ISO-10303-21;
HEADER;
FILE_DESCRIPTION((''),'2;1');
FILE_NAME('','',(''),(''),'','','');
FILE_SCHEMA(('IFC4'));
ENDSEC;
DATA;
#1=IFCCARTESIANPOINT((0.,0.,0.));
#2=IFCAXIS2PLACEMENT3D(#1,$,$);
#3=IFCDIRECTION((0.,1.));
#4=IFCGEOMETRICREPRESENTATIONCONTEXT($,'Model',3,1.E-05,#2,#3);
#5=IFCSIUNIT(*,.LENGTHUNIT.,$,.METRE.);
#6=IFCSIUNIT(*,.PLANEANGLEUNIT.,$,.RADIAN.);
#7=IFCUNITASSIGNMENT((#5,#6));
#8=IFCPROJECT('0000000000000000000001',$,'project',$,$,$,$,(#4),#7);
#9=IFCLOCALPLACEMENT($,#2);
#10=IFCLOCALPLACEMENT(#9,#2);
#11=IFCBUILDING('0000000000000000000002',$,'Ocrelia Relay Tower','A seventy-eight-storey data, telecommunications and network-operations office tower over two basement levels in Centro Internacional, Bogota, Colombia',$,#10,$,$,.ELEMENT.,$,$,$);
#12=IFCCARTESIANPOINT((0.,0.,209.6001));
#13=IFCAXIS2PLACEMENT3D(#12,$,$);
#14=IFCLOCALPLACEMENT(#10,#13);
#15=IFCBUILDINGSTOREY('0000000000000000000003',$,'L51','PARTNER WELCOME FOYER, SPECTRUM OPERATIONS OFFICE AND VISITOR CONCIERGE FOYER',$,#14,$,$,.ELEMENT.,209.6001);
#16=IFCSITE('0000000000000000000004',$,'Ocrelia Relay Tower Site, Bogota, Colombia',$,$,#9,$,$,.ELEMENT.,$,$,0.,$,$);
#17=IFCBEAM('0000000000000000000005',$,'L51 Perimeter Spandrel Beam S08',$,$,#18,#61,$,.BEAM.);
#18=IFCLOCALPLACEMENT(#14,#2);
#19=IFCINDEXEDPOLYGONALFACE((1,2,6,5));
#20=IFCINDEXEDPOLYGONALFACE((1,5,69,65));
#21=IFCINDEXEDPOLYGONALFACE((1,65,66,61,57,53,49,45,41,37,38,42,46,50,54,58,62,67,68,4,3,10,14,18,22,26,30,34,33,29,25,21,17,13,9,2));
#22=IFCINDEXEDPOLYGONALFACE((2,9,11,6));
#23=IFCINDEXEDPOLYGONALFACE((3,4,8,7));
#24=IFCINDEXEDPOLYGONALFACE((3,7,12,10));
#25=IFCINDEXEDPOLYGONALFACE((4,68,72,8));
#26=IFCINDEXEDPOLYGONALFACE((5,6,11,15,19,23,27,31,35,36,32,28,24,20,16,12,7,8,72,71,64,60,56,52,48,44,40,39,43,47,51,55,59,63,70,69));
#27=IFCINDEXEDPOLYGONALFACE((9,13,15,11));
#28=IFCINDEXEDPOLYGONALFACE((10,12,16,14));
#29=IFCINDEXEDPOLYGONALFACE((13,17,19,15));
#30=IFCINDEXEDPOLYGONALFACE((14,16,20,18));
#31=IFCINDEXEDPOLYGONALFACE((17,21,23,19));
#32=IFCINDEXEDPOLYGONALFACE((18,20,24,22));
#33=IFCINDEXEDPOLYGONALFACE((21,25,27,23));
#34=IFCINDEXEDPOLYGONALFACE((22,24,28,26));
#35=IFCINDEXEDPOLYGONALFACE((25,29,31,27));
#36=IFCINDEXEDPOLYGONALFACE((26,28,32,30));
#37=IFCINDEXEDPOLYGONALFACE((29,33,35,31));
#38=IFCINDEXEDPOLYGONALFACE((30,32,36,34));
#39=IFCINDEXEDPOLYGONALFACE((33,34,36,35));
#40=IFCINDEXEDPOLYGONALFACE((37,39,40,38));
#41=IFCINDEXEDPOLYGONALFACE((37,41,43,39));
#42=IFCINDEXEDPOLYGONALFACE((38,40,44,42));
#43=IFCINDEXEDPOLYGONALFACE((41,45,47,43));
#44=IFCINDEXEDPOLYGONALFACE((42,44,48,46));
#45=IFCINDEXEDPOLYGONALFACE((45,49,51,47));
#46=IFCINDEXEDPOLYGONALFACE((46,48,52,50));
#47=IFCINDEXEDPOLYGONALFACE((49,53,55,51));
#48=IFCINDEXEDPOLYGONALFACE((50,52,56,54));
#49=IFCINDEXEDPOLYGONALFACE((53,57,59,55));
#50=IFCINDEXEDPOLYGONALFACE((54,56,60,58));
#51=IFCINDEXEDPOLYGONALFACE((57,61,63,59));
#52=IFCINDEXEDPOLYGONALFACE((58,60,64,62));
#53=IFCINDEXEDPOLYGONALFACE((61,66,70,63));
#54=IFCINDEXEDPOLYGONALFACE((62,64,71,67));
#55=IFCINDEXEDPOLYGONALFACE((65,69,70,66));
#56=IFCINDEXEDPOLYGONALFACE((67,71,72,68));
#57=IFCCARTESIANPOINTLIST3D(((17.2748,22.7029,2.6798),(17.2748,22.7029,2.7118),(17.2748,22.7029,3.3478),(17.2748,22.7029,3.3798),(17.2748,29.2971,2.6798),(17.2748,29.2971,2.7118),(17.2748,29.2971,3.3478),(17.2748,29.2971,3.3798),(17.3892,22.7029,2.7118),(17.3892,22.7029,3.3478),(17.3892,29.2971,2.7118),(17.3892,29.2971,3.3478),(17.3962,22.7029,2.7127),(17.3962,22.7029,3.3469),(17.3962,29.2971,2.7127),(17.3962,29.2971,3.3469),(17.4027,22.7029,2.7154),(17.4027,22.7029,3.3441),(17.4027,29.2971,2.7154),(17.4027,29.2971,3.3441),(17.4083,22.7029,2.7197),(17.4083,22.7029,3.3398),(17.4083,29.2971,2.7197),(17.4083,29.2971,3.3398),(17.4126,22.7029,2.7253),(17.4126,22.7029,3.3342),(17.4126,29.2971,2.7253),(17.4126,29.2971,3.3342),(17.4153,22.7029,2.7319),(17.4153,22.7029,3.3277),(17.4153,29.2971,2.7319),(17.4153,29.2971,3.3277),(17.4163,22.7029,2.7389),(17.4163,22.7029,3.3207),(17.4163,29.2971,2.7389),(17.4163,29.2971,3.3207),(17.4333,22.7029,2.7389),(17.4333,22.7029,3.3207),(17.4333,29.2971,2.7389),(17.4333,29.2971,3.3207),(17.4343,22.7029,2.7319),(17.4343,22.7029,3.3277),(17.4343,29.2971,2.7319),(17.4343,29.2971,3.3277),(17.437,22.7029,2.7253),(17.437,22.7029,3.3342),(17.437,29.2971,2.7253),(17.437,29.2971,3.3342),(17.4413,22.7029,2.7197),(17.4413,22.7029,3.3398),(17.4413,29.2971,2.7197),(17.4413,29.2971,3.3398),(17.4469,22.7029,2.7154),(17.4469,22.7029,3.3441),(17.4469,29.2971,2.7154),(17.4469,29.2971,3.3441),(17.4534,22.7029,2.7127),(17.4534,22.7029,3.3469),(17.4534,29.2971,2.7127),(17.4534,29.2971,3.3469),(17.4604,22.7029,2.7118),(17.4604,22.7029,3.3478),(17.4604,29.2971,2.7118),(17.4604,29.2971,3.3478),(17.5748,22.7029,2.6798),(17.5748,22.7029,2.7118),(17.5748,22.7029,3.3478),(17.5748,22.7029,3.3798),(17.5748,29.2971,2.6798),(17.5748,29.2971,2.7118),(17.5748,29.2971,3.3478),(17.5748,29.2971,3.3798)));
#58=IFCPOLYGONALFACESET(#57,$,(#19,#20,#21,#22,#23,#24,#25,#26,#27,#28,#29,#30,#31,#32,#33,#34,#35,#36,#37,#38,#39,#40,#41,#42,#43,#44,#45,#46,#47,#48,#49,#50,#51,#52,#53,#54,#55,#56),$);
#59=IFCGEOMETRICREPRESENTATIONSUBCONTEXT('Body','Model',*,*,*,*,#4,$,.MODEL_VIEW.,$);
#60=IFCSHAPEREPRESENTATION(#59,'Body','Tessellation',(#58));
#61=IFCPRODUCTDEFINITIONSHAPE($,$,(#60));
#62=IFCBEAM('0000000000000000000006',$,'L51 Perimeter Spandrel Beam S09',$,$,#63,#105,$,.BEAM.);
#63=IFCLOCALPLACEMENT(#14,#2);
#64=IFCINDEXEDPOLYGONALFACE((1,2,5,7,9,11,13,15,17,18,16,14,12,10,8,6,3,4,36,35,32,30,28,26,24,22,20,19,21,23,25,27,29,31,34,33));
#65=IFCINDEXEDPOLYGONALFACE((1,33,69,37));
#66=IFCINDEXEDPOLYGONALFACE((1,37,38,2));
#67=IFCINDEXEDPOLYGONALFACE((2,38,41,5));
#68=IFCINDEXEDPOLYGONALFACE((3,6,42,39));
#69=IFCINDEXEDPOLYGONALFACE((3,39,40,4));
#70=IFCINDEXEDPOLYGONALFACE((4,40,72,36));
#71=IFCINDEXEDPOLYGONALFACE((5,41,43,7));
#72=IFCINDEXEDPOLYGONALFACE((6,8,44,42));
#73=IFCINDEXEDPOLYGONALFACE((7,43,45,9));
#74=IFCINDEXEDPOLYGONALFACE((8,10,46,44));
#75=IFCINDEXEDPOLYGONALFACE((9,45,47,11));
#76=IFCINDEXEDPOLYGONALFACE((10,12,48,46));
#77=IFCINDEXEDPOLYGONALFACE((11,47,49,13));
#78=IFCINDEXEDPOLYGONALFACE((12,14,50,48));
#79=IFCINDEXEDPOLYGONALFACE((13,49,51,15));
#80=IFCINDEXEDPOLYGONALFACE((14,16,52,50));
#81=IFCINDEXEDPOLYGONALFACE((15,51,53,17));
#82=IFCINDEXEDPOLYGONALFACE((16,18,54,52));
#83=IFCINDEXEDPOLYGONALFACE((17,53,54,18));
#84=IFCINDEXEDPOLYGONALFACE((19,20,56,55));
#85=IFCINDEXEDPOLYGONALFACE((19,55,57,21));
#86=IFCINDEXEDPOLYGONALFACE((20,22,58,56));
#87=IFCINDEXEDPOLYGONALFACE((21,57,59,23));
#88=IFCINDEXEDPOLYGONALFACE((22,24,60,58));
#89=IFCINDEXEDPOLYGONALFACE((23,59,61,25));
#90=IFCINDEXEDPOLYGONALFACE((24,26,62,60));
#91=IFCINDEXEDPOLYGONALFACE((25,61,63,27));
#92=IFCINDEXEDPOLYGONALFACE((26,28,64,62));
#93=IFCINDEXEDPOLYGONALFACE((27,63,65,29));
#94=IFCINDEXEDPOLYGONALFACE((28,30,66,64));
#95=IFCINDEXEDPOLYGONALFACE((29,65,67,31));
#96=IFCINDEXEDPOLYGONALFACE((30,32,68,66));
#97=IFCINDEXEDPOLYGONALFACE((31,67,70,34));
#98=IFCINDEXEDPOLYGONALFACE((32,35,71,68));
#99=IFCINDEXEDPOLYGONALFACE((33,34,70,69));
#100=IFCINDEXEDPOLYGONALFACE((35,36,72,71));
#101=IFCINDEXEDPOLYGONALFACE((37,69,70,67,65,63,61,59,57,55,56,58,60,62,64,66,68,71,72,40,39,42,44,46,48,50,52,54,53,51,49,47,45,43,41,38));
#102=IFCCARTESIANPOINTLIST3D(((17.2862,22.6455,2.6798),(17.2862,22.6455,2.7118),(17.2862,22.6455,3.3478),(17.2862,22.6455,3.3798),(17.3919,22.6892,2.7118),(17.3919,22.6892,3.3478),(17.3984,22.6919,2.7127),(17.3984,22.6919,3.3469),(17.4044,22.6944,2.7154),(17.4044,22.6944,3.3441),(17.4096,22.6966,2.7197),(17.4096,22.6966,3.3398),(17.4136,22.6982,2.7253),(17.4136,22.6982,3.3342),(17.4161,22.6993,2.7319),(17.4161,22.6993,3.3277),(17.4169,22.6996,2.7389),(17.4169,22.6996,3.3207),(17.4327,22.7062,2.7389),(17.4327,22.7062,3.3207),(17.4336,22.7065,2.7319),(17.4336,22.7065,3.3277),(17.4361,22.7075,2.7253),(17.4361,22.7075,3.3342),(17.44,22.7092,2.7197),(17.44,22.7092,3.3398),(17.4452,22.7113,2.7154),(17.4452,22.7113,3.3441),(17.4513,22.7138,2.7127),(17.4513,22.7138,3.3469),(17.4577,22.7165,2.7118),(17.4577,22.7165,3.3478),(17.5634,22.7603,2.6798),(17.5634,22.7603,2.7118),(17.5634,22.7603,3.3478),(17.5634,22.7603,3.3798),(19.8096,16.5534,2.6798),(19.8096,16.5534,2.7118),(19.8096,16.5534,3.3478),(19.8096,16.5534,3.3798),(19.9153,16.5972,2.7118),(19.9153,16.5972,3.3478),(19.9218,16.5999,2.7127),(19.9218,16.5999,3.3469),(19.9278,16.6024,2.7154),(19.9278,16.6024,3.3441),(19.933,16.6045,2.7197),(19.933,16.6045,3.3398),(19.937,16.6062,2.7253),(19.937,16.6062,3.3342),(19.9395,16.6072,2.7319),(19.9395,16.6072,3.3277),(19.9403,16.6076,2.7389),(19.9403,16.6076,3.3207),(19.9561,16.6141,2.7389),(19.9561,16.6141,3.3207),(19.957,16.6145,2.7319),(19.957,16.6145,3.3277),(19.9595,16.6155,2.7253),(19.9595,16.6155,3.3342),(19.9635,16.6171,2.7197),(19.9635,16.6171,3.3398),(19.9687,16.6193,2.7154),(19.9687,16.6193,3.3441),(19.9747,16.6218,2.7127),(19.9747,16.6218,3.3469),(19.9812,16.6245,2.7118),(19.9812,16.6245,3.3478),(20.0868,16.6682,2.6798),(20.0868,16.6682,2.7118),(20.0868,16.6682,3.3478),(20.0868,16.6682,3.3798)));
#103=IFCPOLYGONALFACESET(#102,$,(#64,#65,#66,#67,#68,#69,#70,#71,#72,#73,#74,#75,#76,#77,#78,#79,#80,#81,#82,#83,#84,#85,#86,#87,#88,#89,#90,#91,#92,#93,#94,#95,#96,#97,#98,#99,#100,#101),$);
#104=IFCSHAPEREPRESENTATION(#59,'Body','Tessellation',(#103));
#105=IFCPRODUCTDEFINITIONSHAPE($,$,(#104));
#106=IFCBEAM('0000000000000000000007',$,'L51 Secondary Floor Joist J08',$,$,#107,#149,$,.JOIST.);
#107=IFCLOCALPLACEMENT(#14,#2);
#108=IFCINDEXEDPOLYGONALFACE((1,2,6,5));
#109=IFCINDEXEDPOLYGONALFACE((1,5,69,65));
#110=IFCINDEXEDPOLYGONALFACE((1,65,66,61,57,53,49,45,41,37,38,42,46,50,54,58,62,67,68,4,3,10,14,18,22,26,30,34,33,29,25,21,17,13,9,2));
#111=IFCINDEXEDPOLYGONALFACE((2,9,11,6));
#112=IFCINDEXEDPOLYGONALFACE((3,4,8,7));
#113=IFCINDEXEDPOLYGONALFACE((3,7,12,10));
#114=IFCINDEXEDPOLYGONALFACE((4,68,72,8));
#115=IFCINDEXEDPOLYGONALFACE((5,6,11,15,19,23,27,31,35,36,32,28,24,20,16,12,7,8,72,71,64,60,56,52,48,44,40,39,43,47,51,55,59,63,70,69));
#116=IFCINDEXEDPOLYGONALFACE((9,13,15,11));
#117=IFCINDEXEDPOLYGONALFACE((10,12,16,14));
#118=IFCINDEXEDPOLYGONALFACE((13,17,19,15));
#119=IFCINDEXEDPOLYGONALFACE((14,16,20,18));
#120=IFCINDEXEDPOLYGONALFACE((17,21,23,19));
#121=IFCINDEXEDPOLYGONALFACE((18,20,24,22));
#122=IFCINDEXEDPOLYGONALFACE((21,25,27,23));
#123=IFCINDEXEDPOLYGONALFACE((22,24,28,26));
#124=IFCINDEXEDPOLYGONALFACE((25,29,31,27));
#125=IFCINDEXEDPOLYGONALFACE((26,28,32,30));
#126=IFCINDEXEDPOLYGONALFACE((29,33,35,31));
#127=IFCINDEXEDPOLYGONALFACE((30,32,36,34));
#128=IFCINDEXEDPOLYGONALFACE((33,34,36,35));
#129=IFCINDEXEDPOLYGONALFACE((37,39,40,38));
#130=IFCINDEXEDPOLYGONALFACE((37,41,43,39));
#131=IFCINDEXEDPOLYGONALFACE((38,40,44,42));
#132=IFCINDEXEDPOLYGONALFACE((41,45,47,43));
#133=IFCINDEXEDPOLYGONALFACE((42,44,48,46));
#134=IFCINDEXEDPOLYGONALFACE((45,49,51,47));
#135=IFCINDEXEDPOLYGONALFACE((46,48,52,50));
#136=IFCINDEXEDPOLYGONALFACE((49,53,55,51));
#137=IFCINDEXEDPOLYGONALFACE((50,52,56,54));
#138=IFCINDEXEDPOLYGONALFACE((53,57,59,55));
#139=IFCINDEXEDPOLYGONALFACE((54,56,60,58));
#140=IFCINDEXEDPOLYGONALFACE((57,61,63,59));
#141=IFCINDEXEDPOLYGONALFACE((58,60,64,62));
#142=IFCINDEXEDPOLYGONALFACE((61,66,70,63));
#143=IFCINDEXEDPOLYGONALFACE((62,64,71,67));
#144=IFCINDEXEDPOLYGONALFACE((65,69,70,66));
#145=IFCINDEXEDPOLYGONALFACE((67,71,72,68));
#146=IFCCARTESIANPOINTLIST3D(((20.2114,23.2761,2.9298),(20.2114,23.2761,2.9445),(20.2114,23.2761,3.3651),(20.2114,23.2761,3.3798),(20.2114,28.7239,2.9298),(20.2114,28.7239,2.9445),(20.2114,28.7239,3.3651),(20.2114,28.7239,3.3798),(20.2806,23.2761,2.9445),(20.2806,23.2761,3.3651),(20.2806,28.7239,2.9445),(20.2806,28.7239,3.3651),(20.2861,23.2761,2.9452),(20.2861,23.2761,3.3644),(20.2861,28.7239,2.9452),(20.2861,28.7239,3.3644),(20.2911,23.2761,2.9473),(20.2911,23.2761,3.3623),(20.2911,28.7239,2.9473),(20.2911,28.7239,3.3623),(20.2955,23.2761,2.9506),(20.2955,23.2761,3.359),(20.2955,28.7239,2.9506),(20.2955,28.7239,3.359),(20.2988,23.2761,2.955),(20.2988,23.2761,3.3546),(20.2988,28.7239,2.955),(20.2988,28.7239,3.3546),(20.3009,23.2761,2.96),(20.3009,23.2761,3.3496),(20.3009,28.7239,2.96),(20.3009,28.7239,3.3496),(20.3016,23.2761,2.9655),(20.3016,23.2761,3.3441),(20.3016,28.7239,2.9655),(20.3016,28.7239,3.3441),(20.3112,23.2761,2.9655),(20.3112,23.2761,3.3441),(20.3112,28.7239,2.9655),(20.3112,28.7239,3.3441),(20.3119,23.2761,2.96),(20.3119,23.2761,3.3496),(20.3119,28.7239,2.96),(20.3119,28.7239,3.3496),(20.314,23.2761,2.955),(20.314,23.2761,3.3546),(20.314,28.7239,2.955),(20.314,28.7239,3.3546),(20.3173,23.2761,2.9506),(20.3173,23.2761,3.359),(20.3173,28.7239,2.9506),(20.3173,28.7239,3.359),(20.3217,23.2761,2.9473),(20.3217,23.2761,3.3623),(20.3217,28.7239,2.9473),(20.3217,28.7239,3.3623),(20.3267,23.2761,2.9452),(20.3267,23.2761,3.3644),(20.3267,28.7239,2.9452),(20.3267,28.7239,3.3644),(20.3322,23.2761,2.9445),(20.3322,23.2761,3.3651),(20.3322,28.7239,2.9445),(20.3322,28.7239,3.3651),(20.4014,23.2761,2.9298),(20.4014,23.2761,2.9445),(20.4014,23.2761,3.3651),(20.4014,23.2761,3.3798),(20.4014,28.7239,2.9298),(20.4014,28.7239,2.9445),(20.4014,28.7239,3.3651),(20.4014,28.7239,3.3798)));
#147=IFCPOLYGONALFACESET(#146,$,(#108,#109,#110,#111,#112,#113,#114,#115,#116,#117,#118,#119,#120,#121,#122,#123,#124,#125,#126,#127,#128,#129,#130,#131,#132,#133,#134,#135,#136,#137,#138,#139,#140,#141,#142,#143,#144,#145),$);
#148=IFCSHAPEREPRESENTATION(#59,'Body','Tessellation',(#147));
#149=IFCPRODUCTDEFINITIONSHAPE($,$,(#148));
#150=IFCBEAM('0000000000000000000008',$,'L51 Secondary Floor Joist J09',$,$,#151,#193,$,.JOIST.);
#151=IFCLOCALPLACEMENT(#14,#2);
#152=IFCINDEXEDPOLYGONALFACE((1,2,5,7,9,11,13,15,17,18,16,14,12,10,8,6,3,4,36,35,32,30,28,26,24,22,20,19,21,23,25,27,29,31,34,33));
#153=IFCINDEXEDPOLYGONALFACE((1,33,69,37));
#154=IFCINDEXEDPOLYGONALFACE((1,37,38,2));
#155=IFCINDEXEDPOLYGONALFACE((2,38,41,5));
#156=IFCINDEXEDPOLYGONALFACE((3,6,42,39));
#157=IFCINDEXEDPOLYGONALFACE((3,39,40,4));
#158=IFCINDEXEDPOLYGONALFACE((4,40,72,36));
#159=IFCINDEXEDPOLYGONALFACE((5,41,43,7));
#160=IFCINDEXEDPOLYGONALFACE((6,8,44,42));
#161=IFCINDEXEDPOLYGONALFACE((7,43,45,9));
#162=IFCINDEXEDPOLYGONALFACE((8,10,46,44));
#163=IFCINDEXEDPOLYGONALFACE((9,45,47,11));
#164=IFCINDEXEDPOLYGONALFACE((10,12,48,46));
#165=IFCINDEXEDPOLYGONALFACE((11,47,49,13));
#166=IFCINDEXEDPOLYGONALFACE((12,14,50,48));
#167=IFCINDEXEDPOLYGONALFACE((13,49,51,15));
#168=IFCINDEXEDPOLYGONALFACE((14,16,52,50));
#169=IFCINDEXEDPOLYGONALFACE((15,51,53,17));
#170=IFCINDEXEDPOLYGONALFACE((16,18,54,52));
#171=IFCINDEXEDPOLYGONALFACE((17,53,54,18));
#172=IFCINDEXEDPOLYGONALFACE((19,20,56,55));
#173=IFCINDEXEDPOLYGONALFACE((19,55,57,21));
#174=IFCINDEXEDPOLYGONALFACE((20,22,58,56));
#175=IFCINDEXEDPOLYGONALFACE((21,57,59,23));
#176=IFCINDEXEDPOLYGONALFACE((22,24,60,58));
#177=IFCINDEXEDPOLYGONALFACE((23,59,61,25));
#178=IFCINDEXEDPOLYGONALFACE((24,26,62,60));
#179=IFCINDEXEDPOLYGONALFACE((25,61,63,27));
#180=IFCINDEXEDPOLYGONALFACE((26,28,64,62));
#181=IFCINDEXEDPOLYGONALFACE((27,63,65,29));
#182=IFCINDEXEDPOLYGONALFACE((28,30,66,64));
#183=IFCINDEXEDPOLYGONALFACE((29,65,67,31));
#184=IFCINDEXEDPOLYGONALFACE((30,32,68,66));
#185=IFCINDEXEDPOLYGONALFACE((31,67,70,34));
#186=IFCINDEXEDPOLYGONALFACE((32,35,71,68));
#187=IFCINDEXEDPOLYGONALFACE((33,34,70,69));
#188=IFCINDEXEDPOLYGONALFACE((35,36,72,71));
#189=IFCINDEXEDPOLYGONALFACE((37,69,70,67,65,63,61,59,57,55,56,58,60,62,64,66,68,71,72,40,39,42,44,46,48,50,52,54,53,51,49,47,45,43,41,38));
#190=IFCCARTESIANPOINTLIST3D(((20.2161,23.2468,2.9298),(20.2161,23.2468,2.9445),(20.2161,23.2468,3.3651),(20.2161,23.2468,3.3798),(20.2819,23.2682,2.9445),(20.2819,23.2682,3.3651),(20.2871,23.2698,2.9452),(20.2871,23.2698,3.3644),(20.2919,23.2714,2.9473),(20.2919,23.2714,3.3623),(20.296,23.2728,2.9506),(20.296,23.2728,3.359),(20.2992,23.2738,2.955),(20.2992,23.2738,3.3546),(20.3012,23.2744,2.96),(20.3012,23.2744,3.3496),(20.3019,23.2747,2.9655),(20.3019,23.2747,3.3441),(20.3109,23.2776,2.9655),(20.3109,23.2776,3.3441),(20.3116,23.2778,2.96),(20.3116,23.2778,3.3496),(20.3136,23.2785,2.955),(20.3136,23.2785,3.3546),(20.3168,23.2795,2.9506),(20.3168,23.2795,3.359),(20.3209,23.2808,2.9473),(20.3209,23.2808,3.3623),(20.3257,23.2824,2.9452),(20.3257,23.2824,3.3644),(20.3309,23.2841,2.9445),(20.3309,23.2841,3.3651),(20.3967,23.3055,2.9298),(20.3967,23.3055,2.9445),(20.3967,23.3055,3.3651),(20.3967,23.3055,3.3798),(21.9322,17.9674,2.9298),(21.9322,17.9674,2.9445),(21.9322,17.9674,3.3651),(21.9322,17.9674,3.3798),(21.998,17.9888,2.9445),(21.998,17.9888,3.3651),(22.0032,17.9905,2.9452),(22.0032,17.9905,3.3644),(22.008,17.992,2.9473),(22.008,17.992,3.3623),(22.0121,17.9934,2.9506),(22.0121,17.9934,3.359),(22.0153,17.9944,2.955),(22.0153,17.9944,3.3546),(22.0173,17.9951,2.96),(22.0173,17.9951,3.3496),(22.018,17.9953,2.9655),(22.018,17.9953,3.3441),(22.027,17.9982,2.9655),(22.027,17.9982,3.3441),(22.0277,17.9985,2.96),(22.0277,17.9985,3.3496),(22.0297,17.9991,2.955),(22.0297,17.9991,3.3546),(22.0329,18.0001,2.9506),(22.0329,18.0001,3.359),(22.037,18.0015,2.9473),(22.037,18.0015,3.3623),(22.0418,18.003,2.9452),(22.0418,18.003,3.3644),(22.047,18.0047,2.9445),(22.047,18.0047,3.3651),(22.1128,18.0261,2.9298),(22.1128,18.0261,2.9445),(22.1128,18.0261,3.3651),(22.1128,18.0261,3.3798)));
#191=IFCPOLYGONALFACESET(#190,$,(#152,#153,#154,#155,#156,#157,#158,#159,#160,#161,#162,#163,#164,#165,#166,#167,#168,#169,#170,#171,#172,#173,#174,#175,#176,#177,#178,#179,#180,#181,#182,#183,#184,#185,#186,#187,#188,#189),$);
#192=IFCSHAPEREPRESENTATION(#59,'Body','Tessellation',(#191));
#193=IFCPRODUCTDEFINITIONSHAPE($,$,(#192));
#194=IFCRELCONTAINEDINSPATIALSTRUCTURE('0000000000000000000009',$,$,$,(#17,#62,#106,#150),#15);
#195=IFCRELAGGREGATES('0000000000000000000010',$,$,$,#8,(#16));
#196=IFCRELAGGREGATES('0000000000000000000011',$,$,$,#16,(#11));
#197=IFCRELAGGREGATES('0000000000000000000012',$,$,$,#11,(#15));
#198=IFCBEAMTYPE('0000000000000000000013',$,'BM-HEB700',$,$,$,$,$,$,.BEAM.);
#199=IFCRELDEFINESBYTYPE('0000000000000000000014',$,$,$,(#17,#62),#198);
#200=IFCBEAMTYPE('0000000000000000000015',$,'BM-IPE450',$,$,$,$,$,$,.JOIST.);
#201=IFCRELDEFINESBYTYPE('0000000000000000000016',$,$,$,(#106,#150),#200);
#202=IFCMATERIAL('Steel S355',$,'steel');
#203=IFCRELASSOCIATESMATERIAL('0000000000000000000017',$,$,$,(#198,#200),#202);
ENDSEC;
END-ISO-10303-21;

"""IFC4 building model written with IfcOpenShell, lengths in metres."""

from ifc_helpers import new_model, si_unit, direction, frame, origin, origin_2d, place, context, subcontext, project, spatial, i_section, extrude, material, material_profile, profile_set, type_object, element, save


model = new_model("IFC4")

# Units and contexts
model_context = context("Model", 3, precision=1e-05, world=origin(), true_north=direction((0.0, 1.0)))
body_context = subcontext(model_context, "Body", "Model", "MODEL_VIEW")
ifc_project = project(units=[si_unit("LENGTHUNIT", "METRE"), si_unit("PLANEANGLEUNIT", "RADIAN")], contexts=[model_context])

# Site, building, storey
site_placement = place(None, origin())
site = spatial("IfcSite", under=ifc_project, at=site_placement, Name="Ocrelia Relay Tower Site, Bogota, Colombia", CompositionType="ELEMENT", RefElevation=0.0)
building_placement = place(site_placement, origin())
building = spatial("IfcBuilding", under=site, at=building_placement, Name="Ocrelia Relay Tower", Description="A seventy-eight-storey data, telecommunications and network-operations office tower over two basement levels in Centro Internacional, Bogota, Colombia", CompositionType="ELEMENT")
storey_placement = place(building_placement, frame((0.0, 0.0, 209.6001)))
storey = spatial("IfcBuildingStorey", under=building, at=storey_placement, Name="L51", Description="PARTNER WELCOME FOYER, SPECTRUM OPERATIONS OFFICE AND VISITOR CONCIERGE FOYER", CompositionType="ELEMENT", Elevation=209.6001)

# Beams
ifc_material_1 = material(Name="Steel S355", Category="steel")
ifc_material_profile_1 = material_profile(ifc_material_1, i_section(OverallWidth=0.3, OverallDepth=0.7, WebThickness=0.0171, FlangeThickness=0.032, FilletRadius=0.0271, at=origin_2d()), Name="HEB 700")
ifc_profile_set_1 = profile_set([ifc_material_profile_1], Name="Steel S355")
beam_type_1 = type_object("IfcBeamType", Name="BM-HEB700", PredefinedType="BEAM", material=ifc_profile_set_1)
beam_1_placement = place(storey_placement, frame((17.4248, 29.2971, 3.0298), z_axis=(0.0, -1.0, 0.0), x_axis=(1.0, 0.0, 0.0)))
element("IfcBeam", 1, at=beam_1_placement, inside=storey, type_object=beam_type_1, Name="L51 Perimeter Spandrel Beam S08", PredefinedType="BEAM", context=body_context, shape_type="SweptSolid", body=[
    extrude(i_section(OverallWidth=0.3, OverallDepth=0.7, WebThickness=0.0171, FlangeThickness=0.032, FilletRadius=0.0271, at=origin_2d()), origin(), (0.0, 0.0, 1.0), 6.5942),
])
beam_2_placement = place(storey_placement, frame((17.4248, 22.7029, 3.0298), z_axis=(0.382688, -0.923878, 0.0), x_axis=(0.923878, 0.382688, 0.0)))
element("IfcBeam", 2, at=beam_2_placement, inside=storey, type_object=beam_type_1, Name="L51 Perimeter Spandrel Beam S09", PredefinedType="BEAM", context=body_context, shape_type="SweptSolid", body=[
    extrude(i_section(OverallWidth=0.3, OverallDepth=0.7, WebThickness=0.0171, FlangeThickness=0.032, FilletRadius=0.0271, at=origin_2d()), origin(), (0.0, 0.0, 1.0), 6.594),
])
ifc_material_profile_2 = material_profile(ifc_material_1, i_section(OverallWidth=0.1899, OverallDepth=0.45, WebThickness=0.0095, FlangeThickness=0.0146, FilletRadius=0.021, at=origin_2d()), Name="IPE 450")
ifc_profile_set_2 = profile_set([ifc_material_profile_2], Name="Steel S355")
beam_type_2 = type_object("IfcBeamType", Name="BM-IPE450", PredefinedType="JOIST", material=ifc_profile_set_2)
beam_3_placement = place(storey_placement, frame((20.3064, 28.7239, 3.1548), z_axis=(0.0, -1.0, 0.0), x_axis=(1.0, 0.0, 0.0)))
element("IfcBeam", 3, at=beam_3_placement, inside=storey, type_object=beam_type_2, Name="L51 Secondary Floor Joist J08", PredefinedType="JOIST", context=body_context, shape_type="SweptSolid", body=[
    extrude(i_section(OverallWidth=0.1899, OverallDepth=0.45, WebThickness=0.0095, FlangeThickness=0.0146, FilletRadius=0.021, at=origin_2d()), origin(), (0.0, 0.0, 1.0), 5.4478),
])
beam_4_placement = place(storey_placement, frame((20.3064, 23.2761, 3.1548), z_axis=(0.309134, -0.951019, 0.0), x_axis=(0.951019, 0.309134, 0.0)))
element("IfcBeam", 4, at=beam_4_placement, inside=storey, type_object=beam_type_2, Name="L51 Secondary Floor Joist J09", PredefinedType="JOIST", context=body_context, shape_type="SweptSolid", body=[
    extrude(i_section(OverallWidth=0.1899, OverallDepth=0.45, WebThickness=0.0095, FlangeThickness=0.0146, FilletRadius=0.021, at=origin_2d()), origin(), (0.0, 0.0, 1.0), 5.5513),
])

save(model, "model.ifc")
